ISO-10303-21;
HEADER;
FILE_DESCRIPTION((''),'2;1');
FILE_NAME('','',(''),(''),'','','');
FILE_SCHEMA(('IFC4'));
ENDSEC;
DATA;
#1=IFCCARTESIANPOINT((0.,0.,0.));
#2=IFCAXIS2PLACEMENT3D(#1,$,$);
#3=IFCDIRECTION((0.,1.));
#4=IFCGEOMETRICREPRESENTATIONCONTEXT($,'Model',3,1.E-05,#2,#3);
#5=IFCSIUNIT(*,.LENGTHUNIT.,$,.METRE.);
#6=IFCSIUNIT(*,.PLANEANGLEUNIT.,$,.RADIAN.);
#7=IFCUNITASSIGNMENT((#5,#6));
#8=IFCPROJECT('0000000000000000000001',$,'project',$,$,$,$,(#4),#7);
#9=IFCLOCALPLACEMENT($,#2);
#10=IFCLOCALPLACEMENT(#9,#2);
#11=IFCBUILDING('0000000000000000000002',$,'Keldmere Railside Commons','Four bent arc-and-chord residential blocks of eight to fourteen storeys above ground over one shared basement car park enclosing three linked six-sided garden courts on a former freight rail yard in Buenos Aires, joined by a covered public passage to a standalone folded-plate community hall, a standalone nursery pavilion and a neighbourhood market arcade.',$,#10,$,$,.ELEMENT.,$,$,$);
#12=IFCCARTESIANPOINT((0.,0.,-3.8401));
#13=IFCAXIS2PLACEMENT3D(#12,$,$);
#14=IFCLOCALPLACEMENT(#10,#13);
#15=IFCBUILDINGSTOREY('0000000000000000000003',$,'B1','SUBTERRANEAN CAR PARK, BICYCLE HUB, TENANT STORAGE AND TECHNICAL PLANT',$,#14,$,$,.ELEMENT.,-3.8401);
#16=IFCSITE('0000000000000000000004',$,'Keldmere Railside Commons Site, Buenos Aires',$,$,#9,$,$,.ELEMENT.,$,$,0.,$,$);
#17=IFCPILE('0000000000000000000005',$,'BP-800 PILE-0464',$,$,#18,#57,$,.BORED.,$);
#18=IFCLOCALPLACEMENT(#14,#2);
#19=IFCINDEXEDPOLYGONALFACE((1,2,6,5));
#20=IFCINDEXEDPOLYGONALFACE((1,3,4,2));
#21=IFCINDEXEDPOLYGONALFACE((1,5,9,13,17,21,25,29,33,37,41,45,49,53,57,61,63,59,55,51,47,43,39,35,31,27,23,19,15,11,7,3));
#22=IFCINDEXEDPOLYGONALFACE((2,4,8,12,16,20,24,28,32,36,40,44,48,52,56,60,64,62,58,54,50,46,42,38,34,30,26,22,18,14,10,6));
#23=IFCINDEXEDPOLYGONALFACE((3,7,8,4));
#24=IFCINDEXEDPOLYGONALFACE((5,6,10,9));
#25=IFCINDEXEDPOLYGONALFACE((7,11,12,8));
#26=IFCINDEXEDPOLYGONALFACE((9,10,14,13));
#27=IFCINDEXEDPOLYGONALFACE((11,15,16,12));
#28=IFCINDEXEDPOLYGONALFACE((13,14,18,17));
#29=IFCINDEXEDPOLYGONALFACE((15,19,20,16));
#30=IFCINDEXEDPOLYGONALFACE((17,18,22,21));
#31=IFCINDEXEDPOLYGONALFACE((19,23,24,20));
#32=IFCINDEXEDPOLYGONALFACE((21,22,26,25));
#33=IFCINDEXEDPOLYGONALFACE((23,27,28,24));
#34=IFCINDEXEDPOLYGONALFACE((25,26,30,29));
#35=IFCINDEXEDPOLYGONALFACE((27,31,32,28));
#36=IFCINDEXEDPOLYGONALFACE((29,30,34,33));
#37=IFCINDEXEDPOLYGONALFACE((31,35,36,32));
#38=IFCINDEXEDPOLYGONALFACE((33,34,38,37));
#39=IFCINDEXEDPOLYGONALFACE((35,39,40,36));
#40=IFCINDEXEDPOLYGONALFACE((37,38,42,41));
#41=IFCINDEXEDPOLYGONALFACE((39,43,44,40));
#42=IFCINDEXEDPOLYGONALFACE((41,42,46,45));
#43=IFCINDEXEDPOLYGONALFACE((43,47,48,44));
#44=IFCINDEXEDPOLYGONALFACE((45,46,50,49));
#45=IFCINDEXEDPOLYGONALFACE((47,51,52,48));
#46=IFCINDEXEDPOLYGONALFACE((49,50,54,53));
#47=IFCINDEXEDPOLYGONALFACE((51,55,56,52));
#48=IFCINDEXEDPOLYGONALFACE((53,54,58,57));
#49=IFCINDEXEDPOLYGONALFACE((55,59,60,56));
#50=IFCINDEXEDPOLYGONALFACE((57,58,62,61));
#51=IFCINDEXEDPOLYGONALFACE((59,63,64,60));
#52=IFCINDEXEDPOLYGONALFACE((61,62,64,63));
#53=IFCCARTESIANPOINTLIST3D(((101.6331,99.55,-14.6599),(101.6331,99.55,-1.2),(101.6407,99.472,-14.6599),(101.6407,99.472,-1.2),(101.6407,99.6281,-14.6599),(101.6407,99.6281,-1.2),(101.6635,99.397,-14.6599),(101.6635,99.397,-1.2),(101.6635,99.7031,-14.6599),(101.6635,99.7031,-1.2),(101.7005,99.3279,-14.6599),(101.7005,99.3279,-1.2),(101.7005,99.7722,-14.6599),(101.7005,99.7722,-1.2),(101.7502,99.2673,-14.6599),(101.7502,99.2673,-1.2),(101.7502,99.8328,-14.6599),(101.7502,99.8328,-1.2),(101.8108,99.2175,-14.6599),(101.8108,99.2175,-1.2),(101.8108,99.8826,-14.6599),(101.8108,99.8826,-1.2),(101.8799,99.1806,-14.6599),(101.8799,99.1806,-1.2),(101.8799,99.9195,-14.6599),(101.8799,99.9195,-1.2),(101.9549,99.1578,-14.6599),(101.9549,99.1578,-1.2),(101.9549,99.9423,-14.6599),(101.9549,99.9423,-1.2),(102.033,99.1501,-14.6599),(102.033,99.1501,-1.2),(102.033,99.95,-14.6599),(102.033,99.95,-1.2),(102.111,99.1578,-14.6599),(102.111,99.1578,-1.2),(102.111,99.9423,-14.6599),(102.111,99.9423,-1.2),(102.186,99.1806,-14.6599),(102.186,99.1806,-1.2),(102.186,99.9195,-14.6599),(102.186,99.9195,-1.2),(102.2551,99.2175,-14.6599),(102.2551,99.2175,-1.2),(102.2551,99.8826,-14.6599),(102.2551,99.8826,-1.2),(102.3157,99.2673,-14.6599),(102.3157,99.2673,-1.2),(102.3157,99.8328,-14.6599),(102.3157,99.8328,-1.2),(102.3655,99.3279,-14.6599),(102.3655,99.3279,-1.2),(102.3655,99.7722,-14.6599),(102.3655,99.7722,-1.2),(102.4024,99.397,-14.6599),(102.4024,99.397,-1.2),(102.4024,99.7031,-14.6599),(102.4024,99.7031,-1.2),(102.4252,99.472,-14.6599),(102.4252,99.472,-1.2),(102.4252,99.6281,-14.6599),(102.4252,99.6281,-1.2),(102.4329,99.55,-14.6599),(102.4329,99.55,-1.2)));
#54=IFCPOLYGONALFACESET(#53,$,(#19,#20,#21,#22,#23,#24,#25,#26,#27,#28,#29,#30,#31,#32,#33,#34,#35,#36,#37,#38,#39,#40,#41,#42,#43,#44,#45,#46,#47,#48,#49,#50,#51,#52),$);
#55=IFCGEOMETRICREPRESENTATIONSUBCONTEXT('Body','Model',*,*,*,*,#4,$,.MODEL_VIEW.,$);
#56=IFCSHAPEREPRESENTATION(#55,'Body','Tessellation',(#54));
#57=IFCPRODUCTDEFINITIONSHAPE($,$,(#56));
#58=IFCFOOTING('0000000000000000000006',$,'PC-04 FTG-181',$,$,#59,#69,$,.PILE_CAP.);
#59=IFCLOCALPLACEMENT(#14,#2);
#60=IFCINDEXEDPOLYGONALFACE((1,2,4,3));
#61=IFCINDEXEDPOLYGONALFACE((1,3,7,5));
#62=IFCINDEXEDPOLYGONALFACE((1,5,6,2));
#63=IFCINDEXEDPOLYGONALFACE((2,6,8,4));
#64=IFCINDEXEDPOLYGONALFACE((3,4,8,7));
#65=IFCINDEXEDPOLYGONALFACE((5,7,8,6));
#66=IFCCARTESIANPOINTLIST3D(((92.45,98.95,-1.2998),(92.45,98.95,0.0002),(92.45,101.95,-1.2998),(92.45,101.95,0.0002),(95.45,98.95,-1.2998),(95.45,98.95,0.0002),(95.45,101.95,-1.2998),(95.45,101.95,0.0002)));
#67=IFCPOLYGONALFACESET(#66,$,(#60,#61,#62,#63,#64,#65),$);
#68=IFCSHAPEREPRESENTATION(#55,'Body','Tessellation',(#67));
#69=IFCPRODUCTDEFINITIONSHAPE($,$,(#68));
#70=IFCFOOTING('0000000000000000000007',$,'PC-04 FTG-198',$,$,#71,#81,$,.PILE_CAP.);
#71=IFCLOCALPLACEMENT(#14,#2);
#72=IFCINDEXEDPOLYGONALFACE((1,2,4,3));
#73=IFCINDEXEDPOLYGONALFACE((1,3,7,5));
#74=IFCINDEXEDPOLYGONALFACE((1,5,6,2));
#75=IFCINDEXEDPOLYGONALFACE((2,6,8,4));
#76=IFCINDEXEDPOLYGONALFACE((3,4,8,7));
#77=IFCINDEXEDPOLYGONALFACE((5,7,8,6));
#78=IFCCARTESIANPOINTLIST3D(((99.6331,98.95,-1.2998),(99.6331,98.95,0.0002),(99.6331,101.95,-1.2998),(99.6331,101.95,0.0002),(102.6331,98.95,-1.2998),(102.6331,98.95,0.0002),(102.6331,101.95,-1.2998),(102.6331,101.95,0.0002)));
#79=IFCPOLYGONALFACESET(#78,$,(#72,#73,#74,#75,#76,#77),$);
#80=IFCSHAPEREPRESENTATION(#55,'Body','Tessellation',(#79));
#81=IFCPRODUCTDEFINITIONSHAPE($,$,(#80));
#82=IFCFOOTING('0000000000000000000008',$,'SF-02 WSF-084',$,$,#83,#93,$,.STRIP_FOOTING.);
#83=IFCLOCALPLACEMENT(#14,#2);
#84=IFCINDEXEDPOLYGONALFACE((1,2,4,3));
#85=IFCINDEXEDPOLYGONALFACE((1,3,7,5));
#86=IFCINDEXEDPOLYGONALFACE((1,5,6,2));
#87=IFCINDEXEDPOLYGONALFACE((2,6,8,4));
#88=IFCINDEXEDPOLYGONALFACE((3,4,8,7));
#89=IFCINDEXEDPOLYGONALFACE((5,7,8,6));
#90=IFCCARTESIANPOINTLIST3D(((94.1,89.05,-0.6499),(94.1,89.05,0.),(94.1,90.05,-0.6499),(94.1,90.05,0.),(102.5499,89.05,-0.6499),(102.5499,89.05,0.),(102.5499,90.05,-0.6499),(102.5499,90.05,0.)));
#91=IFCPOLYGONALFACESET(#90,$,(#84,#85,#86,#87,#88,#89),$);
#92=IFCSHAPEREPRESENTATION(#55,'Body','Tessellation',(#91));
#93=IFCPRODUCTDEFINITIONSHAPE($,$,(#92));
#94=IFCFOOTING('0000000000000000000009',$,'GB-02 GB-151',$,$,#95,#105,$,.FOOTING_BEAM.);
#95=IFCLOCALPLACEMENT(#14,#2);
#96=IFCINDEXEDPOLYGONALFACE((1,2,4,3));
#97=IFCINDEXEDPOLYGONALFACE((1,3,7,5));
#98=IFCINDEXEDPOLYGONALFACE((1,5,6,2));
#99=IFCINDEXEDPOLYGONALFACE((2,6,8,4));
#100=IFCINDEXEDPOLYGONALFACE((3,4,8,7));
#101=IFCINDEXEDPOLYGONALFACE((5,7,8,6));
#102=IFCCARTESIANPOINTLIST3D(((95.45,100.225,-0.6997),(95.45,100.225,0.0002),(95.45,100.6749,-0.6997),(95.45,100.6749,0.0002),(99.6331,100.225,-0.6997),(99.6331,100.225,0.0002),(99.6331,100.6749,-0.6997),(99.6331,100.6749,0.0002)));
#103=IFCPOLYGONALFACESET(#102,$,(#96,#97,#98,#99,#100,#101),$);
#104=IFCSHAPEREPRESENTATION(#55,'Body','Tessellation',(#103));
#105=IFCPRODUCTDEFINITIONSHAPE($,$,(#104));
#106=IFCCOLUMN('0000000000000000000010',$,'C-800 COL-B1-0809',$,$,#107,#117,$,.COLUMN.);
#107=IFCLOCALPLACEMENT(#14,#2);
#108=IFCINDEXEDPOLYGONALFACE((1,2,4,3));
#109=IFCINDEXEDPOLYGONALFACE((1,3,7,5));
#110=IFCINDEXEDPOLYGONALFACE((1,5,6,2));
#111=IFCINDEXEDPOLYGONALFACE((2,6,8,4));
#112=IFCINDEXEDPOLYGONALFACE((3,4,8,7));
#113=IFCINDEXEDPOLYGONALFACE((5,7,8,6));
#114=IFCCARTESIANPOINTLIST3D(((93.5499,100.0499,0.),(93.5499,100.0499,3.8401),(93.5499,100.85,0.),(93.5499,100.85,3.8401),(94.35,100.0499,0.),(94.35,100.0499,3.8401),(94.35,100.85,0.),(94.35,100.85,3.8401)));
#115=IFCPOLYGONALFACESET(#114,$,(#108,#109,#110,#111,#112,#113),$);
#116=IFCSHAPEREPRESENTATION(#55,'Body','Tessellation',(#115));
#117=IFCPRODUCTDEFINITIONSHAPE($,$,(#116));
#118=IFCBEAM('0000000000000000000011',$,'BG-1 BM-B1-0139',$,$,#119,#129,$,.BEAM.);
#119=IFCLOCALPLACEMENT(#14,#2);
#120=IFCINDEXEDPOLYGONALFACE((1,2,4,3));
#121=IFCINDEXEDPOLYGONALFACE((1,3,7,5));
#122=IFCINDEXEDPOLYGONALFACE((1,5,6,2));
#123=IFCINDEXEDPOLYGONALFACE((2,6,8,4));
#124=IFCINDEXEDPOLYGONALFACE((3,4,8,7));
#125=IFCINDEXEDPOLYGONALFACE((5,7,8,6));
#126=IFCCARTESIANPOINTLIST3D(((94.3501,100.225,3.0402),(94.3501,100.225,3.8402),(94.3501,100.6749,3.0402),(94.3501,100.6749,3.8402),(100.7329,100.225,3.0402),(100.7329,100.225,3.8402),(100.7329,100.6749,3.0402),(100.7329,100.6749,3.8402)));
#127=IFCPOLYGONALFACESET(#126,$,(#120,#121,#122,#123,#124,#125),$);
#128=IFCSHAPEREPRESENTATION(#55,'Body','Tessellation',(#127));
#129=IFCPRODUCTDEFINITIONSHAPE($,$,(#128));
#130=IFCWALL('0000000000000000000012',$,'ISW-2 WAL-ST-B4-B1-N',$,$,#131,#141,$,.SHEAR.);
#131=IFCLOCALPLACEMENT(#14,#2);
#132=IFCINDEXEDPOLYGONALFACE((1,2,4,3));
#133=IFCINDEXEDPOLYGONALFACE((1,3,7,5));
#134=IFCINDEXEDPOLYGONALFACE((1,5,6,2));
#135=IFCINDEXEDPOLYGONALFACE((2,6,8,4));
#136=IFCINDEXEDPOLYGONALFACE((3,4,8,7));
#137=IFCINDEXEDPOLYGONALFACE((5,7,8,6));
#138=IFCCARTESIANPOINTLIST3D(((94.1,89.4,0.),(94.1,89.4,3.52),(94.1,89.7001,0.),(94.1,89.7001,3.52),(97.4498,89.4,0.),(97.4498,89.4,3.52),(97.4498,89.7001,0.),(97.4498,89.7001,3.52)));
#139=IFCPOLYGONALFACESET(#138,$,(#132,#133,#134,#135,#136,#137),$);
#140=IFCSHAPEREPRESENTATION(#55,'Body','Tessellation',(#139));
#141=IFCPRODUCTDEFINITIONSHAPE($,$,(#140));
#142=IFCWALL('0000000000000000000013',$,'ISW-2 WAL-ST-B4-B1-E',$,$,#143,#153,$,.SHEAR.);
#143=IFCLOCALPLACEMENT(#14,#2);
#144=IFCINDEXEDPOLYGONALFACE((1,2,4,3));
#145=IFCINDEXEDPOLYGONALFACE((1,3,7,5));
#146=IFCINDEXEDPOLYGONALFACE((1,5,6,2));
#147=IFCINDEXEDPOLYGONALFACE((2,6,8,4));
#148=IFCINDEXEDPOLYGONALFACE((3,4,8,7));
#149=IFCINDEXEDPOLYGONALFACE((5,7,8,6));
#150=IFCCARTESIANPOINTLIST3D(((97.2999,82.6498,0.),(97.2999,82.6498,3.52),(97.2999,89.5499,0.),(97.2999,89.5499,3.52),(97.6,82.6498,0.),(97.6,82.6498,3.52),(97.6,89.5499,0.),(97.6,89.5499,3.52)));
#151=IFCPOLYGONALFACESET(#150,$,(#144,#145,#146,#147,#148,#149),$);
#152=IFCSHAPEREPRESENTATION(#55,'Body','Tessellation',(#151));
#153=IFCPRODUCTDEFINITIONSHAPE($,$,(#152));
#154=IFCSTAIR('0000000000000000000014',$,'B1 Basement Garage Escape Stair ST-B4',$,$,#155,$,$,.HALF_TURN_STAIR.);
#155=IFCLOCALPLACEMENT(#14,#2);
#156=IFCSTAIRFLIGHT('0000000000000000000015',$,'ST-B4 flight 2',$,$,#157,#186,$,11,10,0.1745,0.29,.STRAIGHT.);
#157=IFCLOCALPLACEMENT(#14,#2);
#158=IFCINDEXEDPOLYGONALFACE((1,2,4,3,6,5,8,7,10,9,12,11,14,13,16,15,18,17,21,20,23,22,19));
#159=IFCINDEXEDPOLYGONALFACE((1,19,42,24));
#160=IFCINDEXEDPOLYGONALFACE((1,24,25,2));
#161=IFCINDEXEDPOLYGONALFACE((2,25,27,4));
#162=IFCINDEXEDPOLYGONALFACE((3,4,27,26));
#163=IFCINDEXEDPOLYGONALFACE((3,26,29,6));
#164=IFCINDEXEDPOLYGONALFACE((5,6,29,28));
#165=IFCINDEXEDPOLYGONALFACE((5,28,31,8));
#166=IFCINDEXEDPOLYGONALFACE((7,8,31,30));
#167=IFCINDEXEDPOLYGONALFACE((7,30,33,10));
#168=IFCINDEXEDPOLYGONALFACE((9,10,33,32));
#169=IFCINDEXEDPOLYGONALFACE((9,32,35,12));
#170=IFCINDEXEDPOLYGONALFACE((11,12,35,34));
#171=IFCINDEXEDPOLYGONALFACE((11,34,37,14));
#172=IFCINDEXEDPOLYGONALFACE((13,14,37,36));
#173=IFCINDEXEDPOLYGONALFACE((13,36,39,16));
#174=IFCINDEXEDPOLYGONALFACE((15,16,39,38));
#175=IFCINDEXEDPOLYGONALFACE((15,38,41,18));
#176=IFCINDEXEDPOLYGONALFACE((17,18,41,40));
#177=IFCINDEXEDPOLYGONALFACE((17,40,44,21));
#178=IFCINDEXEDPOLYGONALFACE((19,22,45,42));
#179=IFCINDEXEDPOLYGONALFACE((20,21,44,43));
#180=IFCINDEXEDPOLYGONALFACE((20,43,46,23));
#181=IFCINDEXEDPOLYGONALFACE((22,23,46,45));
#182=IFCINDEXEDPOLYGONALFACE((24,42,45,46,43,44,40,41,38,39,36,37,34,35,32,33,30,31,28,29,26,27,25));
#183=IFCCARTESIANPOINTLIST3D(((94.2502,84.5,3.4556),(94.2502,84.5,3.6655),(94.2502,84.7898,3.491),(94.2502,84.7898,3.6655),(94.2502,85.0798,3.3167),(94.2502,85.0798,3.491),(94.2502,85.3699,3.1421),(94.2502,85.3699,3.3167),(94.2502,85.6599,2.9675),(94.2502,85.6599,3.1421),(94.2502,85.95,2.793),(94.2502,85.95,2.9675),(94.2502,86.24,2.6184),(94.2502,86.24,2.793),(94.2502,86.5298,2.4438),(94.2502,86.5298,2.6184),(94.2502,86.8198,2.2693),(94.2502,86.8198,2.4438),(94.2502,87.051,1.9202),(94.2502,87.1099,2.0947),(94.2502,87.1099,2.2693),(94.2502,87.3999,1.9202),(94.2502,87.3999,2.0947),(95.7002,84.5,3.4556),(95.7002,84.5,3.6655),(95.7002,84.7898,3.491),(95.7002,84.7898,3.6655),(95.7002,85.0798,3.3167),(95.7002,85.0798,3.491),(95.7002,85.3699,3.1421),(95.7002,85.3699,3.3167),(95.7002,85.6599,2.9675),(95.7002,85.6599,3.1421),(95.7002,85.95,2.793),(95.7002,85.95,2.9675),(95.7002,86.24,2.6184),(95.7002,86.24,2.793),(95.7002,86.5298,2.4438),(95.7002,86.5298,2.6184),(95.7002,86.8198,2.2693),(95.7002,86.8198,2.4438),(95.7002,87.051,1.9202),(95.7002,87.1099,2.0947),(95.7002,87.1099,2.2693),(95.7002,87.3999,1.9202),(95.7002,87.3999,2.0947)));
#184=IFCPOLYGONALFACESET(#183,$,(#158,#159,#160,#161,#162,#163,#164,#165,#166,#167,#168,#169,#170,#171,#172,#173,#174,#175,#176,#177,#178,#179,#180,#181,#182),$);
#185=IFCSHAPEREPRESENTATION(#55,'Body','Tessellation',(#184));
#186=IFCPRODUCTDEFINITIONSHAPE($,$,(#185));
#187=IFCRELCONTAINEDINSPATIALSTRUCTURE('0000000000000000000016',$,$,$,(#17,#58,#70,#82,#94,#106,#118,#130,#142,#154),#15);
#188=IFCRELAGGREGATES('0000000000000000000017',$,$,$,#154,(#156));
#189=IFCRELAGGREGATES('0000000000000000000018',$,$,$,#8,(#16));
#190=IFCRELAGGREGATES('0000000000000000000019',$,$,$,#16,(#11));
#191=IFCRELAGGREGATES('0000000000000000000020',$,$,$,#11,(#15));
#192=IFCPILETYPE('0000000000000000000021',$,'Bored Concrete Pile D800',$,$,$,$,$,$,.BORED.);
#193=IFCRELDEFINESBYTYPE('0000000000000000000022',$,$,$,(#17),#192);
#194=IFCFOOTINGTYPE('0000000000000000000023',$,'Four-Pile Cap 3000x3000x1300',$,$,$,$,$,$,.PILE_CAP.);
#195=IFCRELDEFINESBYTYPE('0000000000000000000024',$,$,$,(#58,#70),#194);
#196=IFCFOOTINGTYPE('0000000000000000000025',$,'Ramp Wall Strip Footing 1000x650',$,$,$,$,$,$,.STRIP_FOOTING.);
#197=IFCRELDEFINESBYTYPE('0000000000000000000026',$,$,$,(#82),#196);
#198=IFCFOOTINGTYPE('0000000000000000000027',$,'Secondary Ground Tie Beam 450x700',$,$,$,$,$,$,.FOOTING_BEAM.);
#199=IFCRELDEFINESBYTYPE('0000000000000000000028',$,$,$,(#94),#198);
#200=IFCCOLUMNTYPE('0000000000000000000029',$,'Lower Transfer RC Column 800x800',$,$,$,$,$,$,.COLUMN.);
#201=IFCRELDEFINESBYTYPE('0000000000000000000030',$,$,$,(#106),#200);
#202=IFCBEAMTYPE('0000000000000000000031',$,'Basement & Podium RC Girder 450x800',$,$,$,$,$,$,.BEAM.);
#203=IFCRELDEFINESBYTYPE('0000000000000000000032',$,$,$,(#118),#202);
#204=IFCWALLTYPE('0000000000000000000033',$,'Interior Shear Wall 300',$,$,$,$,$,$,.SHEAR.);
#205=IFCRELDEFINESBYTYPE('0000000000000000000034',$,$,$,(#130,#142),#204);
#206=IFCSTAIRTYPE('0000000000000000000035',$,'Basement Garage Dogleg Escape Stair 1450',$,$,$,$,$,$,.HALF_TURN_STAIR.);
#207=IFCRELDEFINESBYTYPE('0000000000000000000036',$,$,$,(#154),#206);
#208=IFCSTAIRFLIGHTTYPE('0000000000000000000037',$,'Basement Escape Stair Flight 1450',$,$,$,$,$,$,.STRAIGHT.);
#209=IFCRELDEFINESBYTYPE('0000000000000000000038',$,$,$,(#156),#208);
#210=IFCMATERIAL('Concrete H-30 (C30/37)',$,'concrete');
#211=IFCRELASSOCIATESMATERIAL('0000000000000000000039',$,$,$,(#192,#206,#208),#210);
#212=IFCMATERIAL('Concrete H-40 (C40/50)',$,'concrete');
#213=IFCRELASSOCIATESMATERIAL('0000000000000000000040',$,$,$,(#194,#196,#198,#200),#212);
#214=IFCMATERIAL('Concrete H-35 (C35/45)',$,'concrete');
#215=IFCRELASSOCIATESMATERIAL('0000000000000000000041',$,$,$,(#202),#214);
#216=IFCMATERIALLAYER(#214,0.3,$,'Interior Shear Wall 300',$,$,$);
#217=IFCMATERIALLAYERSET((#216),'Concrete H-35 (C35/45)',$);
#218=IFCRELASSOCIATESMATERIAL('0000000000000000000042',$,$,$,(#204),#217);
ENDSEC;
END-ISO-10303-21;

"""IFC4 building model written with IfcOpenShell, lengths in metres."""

from ifc_helpers import new_model, si_unit, direction, frame, frame_2d, origin, origin_2d, place, context, subcontext, project, spatial, polyline, rectangle, circle, outline, extrude, material, layer, layer_set, material_profile, profile_set, type_object, element, aggregate, save


model = new_model("IFC4")

# Units and contexts
model_context = context("Model", 3, precision=1e-05, world=origin(), true_north=direction((0.0, 1.0)))
body_context = subcontext(model_context, "Body", "Model", "MODEL_VIEW")
ifc_project = project(units=[si_unit("LENGTHUNIT", "METRE"), si_unit("PLANEANGLEUNIT", "RADIAN")], contexts=[model_context])

# Site, building, storey
site_placement = place(None, origin())
site = spatial("IfcSite", under=ifc_project, at=site_placement, Name="Keldmere Railside Commons Site, Buenos Aires", CompositionType="ELEMENT", RefElevation=0.0)
building_placement = place(site_placement, origin())
building = spatial("IfcBuilding", under=site, at=building_placement, Name="Keldmere Railside Commons", Description="Four bent arc-and-chord residential blocks of eight to fourteen storeys above ground over one shared basement car park enclosing three linked six-sided garden courts on a former freight rail yard in Buenos Aires, joined by a covered public passage to a standalone folded-plate community hall, a standalone nursery pavilion and a neighbourhood market arcade.", CompositionType="ELEMENT")
storey_placement = place(building_placement, frame((0.0, 0.0, -3.8401)))
storey = spatial("IfcBuildingStorey", under=building, at=storey_placement, Name="B1", Description="SUBTERRANEAN CAR PARK, BICYCLE HUB, TENANT STORAGE AND TECHNICAL PLANT", CompositionType="ELEMENT", Elevation=-3.8401)

# Pile
ifc_material_1 = material(Name="Concrete H-30 (C30/37)", Category="concrete")
ifc_material_profile_1 = material_profile(ifc_material_1, circle(Radius=0.3999, at=origin_2d()), Name="PILE-D800")
ifc_profile_set_1 = profile_set([ifc_material_profile_1], Name="Concrete H-30 (C30/37)")
pile_type_1 = type_object("IfcPileType", Name="Bored Concrete Pile D800", PredefinedType="BORED", material=ifc_profile_set_1)
for number, where, z_axis, x_axis, name in (
    (1, (102.033, 99.55, -1.2), (0.0, 0.0, -1.0), (1.0, 0.0, 0.0), "BP-800 PILE-0464"),
):
    element("IfcPile", number, at=place(storey_placement, frame(where, z_axis=z_axis, x_axis=x_axis)), inside=storey, type_object=pile_type_1, Name=name, PredefinedType="BORED", context=body_context, shape_type="SweptSolid", body=[
        extrude(circle(Radius=0.3999, at=origin_2d()), origin(), (0.0, 0.0, 1.0), 13.46),
    ])

# Footings
ifc_material_2 = material(Name="Concrete H-40 (C40/50)", Category="concrete")
footing_type_1 = type_object("IfcFootingType", Name="Four-Pile Cap 3000x3000x1300", PredefinedType="PILE_CAP", material=ifc_material_2)
for number, where, z_axis, x_axis, name in (
    (2, (93.95, 100.45, -1.2998), (0.0, 0.0, 1.0), (1.0, 0.0, 0.0), "PC-04 FTG-181"),
    (3, (101.1331, 100.45, -1.2998), (0.0, 0.0, 1.0), (1.0, 0.0, 0.0), "PC-04 FTG-198"),
):
    element("IfcFooting", number, at=place(storey_placement, frame(where, z_axis=z_axis, x_axis=x_axis)), inside=storey, type_object=footing_type_1, Name=name, PredefinedType="PILE_CAP", context=body_context, shape_type="SweptSolid", body=[
        extrude(rectangle(XDim=3.0, YDim=3.0, at=origin_2d()), origin(), (0.0, 0.0, 1.0), 1.3),
    ])
footing_type_2 = type_object("IfcFootingType", Name="Ramp Wall Strip Footing 1000x650", PredefinedType="STRIP_FOOTING", material=ifc_material_2)
footing_1_placement = place(storey_placement, frame((98.325, 89.55, -0.6499), z_axis=(0.0, 0.0, 1.0), x_axis=(1.0, 0.0, 0.0)))
element("IfcFooting", 4, at=footing_1_placement, inside=storey, type_object=footing_type_2, Name="SF-02 WSF-084", PredefinedType="STRIP_FOOTING", context=body_context, shape_type="SweptSolid", body=[
    extrude(rectangle(XDim=8.45, YDim=1.0, at=origin_2d()), origin(), (0.0, 0.0, 1.0), 0.6499),
])
footing_type_3 = type_object("IfcFootingType", Name="Secondary Ground Tie Beam 450x700", PredefinedType="FOOTING_BEAM", material=ifc_material_2)
footing_2_placement = place(storey_placement, frame((97.5415, 100.45, -0.6997), z_axis=(0.0, 0.0, 1.0), x_axis=(1.0, 0.0, 0.0)))
element("IfcFooting", 5, at=footing_2_placement, inside=storey, type_object=footing_type_3, Name="GB-02 GB-151", PredefinedType="FOOTING_BEAM", context=body_context, shape_type="SweptSolid", body=[
    extrude(rectangle(XDim=4.1831, YDim=0.45, at=origin_2d()), origin(), (0.0, 0.0, 1.0), 0.7),
])

# Column
ifc_material_profile_2 = material_profile(ifc_material_2, rectangle(XDim=0.8, YDim=0.8, at=origin_2d()), Name="RC-800x800")
ifc_profile_set_2 = profile_set([ifc_material_profile_2], Name="Concrete H-40 (C40/50)")
column_type = type_object("IfcColumnType", Name="Lower Transfer RC Column 800x800", PredefinedType="COLUMN", material=ifc_profile_set_2)
column_placement = place(storey_placement, frame((93.95, 100.45, 0.0), z_axis=(0.0, 0.0, 1.0), x_axis=(1.0, 0.0, 0.0)))
element("IfcColumn", 6, at=column_placement, inside=storey, type_object=column_type, Name="C-800 COL-B1-0809", PredefinedType="COLUMN", context=body_context, shape_type="SweptSolid", body=[
    extrude(rectangle(XDim=0.8, YDim=0.8, at=origin_2d()), origin(), (0.0, 0.0, 1.0), 3.8401),
])

# Beam
ifc_material_3 = material(Name="Concrete H-35 (C35/45)", Category="concrete")
ifc_material_profile_3 = material_profile(ifc_material_3, rectangle(XDim=0.45, YDim=0.8, at=origin_2d()), Name="RC-450x800")
ifc_profile_set_3 = profile_set([ifc_material_profile_3], Name="Concrete H-35 (C35/45)")
beam_type = type_object("IfcBeamType", Name="Basement & Podium RC Girder 450x800", PredefinedType="BEAM", material=ifc_profile_set_3)
beam_placement = place(storey_placement, frame((94.3501, 100.45, 3.4402), z_axis=(1.0, 0.0, 0.0), x_axis=(0.0, 1.0, 0.0)))
element("IfcBeam", 7, at=beam_placement, inside=storey, type_object=beam_type, Name="BG-1 BM-B1-0139", PredefinedType="BEAM", context=body_context, shape_type="SweptSolid", body=[
    extrude(rectangle(XDim=0.45, YDim=0.8, at=origin_2d()), origin(), (0.0, 0.0, 1.0), 6.3828),
])

# Walls
ifc_layer = layer(ifc_material_3, 0.3, Name="Interior Shear Wall 300")
ifc_layer_set = layer_set([ifc_layer], Name="Concrete H-35 (C35/45)")
wall_type = type_object("IfcWallType", Name="Interior Shear Wall 300", PredefinedType="SHEAR", material=ifc_layer_set)
wall_1_placement = place(storey_placement, frame((94.1001, 89.55, 0.0), z_axis=(0.0, 0.0, 1.0), x_axis=(1.0, 0.0, 0.0)))
element("IfcWall", 8, at=wall_1_placement, inside=storey, type_object=wall_type, Name="ISW-2 WAL-ST-B4-B1-N", PredefinedType="SHEAR", context=body_context, shape_type="SweptSolid", body=[
    extrude(rectangle(XDim=3.3499, YDim=0.3, at=frame_2d((1.6748, 0.0))), origin(), (0.0, 0.0, 1.0), 3.52),
])
wall_2_placement = place(storey_placement, frame((97.45, 89.55, 0.0), z_axis=(0.0, 0.0, 1.0), x_axis=(0.0, -1.0, 0.0)))
element("IfcWall", 9, at=wall_2_placement, inside=storey, type_object=wall_type, Name="ISW-2 WAL-ST-B4-B1-E", PredefinedType="SHEAR", context=body_context, shape_type="SweptSolid", body=[
    extrude(rectangle(XDim=6.9001, YDim=0.3, at=frame_2d((3.4502, 0.0))), origin(), (0.0, 0.0, 1.0), 3.52),
])

# Stair, stair flight
stair_type = type_object("IfcStairType", Name="Basement Garage Dogleg Escape Stair 1450", PredefinedType="HALF_TURN_STAIR", material=ifc_material_1)
stair_placement = place(storey_placement, origin())
stair = element("IfcStair", 10, at=stair_placement, inside=storey, type_object=stair_type, Name="B1 Basement Garage Escape Stair ST-B4", PredefinedType="HALF_TURN_STAIR")
stair_flight_type = type_object("IfcStairFlightType", Name="Basement Escape Stair Flight 1450", PredefinedType="STRAIGHT", material=ifc_material_1)
stair_flight_placement = place(storey_placement, frame((94.9751, 87.3999, 1.9202), z_axis=(0.0, 0.0, 1.0), x_axis=(0.0, -1.0, 0.0)))
stair_flight = element("IfcStairFlight", 11, at=stair_flight_placement, type_object=stair_flight_type, Name="ST-B4 flight 2", NumberOfRisers=11, NumberOfTreads=10, PredefinedType="STRAIGHT", RiserHeight=0.1745, TreadLength=0.29, context=body_context, shape_type="SweptSolid", body=[
    extrude(outline(polyline([(0.0, 0.0), (0.0, 0.1746), (0.29, 0.1746), (0.29, 0.3491), (0.5801, 0.3491), (0.5801, 0.5237), (0.8701, 0.5237), (0.8701, 0.6982), (1.1599, 0.6982), (1.1599, 0.8728), (1.45, 0.8728), (1.45, 1.0474), (1.74, 1.0474), (1.74, 1.2219), (2.03, 1.2219), (2.03, 1.3965), (2.3201, 1.3965), (2.3201, 1.5708), (2.6101, 1.5708), (2.6101, 1.7454), (2.8999, 1.7454), (2.8999, 1.9199), (2.8999, 1.5354), (0.3489, 0.0), (0.0, 0.0)])), frame((0.0, 0.7251, 0.0), z_axis=(0.0, -1.0, 0.0), x_axis=(1.0, 0.0, 0.0)), (0.0, 0.0, 1.0), 1.45),
])
aggregate(stair, [stair_flight])

save(model, "model.ifc")
